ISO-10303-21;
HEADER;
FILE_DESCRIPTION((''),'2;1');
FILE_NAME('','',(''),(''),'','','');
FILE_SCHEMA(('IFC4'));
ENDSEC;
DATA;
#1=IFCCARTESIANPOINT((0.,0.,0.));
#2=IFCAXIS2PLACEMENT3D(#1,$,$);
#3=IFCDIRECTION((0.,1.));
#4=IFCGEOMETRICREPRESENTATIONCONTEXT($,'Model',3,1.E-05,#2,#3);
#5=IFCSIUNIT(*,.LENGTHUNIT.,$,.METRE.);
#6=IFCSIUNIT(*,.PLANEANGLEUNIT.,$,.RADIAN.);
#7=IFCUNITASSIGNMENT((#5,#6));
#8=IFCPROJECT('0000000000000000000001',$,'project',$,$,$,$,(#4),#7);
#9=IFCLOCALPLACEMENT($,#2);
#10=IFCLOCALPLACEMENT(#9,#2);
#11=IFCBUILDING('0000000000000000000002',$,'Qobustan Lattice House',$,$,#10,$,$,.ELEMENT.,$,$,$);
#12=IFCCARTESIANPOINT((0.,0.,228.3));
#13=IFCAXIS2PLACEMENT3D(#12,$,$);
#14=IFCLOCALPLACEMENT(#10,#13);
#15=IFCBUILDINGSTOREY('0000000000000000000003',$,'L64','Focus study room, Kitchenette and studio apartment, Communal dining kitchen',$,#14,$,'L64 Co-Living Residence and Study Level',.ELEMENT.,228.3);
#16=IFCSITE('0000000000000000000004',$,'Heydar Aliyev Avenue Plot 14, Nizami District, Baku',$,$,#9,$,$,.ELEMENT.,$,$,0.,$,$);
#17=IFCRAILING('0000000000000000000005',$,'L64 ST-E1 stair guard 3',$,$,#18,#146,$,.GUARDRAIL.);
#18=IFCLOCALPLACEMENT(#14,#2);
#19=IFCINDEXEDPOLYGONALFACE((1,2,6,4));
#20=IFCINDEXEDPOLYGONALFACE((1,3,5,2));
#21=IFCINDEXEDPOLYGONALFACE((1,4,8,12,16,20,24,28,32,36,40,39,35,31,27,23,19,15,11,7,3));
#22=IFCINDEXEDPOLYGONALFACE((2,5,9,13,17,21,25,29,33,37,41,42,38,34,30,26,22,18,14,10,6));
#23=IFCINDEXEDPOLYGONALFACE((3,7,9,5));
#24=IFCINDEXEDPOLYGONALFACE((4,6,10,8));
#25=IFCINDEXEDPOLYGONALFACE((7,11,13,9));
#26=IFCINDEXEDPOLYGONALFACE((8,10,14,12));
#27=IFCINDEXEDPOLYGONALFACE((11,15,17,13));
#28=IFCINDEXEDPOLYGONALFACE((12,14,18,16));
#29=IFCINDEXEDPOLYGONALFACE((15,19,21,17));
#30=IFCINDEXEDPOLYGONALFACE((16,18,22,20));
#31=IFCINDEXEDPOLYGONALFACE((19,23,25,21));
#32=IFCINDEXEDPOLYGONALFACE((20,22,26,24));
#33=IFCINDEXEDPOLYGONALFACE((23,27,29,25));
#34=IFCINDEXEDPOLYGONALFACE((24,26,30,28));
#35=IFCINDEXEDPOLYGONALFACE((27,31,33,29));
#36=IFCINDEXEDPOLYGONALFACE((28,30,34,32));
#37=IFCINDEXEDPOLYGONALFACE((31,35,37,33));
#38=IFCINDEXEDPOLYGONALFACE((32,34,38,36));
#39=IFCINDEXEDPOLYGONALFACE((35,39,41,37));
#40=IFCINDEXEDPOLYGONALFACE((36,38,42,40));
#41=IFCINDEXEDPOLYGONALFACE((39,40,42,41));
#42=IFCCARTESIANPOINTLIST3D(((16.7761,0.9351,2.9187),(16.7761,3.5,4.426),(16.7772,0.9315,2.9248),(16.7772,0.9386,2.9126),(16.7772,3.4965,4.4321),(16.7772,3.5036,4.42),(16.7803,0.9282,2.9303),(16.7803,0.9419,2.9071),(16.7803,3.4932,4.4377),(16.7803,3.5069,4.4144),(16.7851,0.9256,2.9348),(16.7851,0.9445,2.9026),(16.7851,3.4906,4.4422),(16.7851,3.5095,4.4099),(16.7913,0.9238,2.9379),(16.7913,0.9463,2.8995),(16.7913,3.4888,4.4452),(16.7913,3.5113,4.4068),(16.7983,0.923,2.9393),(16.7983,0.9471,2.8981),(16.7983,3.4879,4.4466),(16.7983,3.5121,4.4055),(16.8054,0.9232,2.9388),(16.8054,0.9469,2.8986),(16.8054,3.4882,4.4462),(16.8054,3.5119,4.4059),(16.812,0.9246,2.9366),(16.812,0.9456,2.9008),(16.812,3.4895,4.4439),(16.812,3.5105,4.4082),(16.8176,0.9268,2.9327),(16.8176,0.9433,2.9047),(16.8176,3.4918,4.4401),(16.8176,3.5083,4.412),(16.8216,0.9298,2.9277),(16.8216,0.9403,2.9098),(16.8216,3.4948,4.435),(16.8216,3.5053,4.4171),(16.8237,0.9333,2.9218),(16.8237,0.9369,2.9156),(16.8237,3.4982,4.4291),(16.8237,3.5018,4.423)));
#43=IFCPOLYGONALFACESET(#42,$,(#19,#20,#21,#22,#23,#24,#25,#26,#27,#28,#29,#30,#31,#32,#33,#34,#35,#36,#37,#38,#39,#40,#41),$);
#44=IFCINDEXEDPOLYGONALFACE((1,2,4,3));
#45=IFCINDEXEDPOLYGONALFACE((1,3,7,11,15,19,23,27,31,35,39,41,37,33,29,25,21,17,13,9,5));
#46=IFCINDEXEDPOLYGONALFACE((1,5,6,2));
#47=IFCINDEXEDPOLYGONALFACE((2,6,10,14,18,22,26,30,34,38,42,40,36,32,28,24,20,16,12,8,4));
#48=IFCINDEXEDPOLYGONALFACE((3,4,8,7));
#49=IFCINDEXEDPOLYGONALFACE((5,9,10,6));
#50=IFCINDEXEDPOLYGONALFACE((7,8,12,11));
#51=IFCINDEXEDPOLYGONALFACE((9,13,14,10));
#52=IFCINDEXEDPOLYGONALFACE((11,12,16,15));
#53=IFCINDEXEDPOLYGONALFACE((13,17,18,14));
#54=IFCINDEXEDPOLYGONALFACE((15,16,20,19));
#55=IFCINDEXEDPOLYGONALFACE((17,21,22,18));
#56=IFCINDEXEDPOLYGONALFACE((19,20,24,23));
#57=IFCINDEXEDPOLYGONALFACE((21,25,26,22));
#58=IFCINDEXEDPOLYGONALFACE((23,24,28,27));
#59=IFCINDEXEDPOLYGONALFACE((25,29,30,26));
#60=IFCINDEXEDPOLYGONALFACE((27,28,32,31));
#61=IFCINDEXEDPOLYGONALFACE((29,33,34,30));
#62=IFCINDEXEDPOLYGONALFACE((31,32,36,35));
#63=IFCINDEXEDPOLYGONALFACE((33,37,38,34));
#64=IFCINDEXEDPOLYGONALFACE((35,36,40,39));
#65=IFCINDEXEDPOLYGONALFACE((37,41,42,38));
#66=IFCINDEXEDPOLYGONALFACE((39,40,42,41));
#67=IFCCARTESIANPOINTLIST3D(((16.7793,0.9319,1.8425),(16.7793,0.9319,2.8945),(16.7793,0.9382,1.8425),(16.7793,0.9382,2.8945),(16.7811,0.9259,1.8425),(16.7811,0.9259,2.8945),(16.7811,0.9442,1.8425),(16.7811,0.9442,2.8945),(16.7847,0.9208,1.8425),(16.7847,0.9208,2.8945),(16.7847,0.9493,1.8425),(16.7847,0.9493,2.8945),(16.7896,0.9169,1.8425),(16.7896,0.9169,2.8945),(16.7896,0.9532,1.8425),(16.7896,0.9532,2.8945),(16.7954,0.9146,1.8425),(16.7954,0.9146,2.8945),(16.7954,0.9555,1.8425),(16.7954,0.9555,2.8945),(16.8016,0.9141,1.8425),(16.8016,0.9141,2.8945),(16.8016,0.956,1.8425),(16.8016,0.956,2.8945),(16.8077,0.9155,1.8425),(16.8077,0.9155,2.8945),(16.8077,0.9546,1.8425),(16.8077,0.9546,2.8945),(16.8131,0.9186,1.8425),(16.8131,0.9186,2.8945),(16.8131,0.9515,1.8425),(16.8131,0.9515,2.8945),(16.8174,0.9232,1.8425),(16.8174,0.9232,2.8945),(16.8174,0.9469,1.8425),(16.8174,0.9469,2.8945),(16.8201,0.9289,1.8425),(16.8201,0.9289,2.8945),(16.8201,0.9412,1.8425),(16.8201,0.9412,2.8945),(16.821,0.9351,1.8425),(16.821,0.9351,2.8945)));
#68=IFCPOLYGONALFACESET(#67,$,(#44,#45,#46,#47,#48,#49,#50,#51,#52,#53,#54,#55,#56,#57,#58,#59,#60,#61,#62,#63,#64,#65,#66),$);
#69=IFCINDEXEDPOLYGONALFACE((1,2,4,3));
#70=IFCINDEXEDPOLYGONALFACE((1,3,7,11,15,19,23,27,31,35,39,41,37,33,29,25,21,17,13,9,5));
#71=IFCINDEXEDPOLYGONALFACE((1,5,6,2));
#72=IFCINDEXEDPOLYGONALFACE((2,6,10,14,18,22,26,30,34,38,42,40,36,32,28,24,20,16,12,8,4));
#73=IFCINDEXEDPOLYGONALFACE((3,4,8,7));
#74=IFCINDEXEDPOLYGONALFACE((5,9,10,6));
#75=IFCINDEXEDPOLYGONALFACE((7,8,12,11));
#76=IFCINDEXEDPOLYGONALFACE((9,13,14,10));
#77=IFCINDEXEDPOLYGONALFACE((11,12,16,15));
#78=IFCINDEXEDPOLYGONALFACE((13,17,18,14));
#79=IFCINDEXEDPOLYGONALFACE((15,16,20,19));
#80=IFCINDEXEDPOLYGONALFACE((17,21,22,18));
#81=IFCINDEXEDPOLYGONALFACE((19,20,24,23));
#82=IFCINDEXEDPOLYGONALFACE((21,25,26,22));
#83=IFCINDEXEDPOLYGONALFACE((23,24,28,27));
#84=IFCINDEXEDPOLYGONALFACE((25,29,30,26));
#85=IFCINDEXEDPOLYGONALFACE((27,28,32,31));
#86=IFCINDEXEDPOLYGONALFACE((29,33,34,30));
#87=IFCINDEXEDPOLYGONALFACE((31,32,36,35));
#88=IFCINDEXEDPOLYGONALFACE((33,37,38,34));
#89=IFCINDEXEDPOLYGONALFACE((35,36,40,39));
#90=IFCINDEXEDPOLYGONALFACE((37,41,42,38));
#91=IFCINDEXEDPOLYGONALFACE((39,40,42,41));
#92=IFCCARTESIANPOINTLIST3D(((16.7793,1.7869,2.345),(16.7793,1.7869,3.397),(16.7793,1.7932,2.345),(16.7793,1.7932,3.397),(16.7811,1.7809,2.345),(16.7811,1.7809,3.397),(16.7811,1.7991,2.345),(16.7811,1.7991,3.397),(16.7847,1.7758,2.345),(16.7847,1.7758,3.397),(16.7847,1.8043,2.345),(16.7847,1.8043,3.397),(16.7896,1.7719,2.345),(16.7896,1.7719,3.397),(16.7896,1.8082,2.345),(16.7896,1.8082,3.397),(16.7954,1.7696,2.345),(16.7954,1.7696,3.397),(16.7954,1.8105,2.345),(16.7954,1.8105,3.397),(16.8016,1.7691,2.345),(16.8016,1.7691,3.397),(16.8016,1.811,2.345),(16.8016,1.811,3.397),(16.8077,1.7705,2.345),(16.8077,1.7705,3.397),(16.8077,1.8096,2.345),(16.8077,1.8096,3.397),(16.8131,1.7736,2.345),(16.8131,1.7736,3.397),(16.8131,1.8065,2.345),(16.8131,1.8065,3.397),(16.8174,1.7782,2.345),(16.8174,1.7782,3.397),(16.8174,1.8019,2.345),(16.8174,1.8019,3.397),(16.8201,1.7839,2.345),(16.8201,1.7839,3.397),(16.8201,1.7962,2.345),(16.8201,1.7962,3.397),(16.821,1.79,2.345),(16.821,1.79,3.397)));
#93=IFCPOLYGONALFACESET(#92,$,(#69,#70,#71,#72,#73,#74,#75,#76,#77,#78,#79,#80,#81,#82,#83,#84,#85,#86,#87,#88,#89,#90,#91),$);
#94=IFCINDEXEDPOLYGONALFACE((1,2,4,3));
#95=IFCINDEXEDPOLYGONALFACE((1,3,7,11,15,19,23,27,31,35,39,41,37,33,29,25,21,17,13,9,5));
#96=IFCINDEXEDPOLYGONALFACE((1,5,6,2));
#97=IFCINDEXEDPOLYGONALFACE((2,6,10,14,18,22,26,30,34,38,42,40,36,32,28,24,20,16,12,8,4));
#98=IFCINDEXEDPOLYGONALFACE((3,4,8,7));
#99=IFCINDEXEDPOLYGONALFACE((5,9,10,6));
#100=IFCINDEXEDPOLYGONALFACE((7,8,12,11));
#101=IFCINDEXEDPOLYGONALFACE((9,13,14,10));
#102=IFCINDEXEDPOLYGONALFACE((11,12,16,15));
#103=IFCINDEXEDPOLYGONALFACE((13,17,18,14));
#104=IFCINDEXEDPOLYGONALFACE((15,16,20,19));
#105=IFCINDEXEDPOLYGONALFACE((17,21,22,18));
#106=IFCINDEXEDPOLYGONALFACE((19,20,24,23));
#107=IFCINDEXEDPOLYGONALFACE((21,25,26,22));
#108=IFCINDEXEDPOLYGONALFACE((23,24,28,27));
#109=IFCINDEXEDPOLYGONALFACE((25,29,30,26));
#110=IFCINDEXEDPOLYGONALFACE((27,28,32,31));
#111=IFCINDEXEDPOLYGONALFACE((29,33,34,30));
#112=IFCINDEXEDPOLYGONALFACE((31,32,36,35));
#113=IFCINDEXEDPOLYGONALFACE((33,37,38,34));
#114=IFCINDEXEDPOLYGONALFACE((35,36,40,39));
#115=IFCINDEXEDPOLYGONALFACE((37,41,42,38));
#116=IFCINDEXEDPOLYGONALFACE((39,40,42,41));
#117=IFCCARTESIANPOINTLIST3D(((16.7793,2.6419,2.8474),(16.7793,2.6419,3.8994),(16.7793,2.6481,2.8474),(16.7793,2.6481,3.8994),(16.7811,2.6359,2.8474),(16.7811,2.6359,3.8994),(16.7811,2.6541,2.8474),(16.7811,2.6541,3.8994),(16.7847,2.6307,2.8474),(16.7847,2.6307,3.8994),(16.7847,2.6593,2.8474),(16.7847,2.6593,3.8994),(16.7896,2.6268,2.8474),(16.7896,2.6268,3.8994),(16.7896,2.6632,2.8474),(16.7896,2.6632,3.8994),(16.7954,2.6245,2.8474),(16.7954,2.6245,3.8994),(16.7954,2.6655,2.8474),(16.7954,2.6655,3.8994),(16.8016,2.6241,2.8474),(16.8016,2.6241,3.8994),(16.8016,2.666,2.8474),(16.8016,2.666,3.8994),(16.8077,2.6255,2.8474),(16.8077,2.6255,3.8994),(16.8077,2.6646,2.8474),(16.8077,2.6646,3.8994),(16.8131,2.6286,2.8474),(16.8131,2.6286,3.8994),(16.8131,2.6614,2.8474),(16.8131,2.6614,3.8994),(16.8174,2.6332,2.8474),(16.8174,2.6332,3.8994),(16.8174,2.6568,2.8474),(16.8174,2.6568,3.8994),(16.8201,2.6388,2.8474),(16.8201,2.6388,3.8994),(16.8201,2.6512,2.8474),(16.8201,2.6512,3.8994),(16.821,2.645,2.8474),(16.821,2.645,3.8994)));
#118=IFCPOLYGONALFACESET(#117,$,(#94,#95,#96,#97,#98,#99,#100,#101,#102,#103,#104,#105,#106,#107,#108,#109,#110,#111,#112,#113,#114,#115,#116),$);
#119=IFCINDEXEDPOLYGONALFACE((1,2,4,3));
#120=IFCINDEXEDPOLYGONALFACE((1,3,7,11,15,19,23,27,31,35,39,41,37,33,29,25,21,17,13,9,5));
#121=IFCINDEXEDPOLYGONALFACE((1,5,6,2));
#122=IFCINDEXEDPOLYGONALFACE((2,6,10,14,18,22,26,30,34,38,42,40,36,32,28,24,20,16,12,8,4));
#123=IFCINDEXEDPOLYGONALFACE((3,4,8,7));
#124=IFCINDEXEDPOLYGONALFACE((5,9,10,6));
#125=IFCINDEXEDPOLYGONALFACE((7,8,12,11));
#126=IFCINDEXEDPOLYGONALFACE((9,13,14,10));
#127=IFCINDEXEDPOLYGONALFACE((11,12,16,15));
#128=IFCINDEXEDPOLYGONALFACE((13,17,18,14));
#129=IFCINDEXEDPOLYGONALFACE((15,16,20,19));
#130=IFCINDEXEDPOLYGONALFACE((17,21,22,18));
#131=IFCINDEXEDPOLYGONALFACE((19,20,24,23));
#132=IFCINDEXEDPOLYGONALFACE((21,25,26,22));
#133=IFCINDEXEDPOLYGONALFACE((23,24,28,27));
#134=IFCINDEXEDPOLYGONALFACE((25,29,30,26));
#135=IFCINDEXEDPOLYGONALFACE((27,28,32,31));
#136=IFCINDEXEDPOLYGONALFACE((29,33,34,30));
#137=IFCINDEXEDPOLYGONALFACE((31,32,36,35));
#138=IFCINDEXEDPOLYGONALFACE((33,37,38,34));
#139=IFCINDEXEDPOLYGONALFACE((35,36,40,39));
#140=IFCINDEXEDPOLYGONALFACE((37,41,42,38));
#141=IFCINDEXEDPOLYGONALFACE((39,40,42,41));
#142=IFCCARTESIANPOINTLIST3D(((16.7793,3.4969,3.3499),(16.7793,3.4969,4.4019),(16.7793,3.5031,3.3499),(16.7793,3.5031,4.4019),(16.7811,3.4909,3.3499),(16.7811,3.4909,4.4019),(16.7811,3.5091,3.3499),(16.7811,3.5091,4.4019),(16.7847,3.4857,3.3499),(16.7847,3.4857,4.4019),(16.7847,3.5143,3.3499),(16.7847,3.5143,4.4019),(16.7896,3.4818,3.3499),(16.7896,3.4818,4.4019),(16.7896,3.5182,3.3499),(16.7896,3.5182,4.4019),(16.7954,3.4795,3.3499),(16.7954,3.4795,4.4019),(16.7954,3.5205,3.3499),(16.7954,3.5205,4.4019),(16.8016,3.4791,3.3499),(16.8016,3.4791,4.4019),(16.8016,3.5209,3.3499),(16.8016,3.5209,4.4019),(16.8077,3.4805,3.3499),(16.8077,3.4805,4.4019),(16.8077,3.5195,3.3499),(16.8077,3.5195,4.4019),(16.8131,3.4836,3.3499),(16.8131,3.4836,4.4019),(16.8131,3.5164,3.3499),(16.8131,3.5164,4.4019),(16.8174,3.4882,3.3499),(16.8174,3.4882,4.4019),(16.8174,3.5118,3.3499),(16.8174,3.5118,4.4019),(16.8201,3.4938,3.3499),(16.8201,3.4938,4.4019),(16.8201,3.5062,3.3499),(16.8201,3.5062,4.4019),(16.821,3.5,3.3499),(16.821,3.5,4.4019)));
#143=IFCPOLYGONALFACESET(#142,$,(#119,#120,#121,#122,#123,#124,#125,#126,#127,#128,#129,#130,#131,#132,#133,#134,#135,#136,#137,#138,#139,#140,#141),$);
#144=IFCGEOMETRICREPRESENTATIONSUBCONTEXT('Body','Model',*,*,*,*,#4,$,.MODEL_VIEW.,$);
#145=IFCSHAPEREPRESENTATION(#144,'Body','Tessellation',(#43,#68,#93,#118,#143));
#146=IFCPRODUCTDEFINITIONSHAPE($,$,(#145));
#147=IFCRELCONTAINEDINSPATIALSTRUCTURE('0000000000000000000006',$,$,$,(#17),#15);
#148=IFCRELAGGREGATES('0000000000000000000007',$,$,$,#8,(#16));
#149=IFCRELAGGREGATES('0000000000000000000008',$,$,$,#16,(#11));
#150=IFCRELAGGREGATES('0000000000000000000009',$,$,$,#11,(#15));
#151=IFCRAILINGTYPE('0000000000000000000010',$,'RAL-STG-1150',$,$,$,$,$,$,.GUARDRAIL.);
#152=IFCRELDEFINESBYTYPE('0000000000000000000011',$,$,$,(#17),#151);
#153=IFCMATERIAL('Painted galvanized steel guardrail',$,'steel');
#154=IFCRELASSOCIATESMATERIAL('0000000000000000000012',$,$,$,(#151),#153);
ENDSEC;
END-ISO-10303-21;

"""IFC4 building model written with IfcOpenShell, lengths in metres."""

from ifc_helpers import new_model, si_unit, direction, frame, origin, origin_2d, place, context, subcontext, project, spatial, circle, extrude, material, type_object, element, save


model = new_model("IFC4")

# Units and contexts
model_context = context("Model", 3, precision=1e-05, world=origin(), true_north=direction((0.0, 1.0)))
body_context = subcontext(model_context, "Body", "Model", "MODEL_VIEW")
ifc_project = project(units=[si_unit("LENGTHUNIT", "METRE"), si_unit("PLANEANGLEUNIT", "RADIAN")], contexts=[model_context])

# Site, building, storey
site_placement = place(None, origin())
site = spatial("IfcSite", under=ifc_project, at=site_placement, Name="Heydar Aliyev Avenue Plot 14, Nizami District, Baku", CompositionType="ELEMENT", RefElevation=0.0)
building_placement = place(site_placement, origin())
building = spatial("IfcBuilding", under=site, at=building_placement, Name="Qobustan Lattice House", CompositionType="ELEMENT")
storey_placement = place(building_placement, frame((0.0, 0.0, 228.3)))
storey = spatial("IfcBuildingStorey", under=building, at=storey_placement, Name="L64", Description="Focus study room, Kitchenette and studio apartment, Communal dining kitchen", LongName="L64 Co-Living Residence and Study Level", CompositionType="ELEMENT", Elevation=228.3)

# Railing
ifc_material_1 = material(Name="Painted galvanized steel guardrail", Category="steel")
railing_type_1 = type_object("IfcRailingType", Name="RAL-STG-1150", PredefinedType="GUARDRAIL", material=ifc_material_1)
railing_1_placement = place(storey_placement, frame((16.8, 0.9351, 1.8425)))
element("IfcRailing", 1, at=railing_1_placement, inside=storey, type_object=railing_type_1, Name="L64 ST-E1 stair guard 3", PredefinedType="GUARDRAIL", context=body_context, shape_type="SweptSolid", body=[
    extrude(circle(Radius=0.0239, at=origin_2d()), frame((0.0, 0.0, 1.0762), z_axis=(0.0, 0.862149, 0.506654), x_axis=(-1.0, 0.0, 0.0)), (0.0, 0.0, 1.0), 2.9751),
    extrude(circle(Radius=0.021, at=origin_2d()), origin(), (0.0, 0.0, 1.0), 1.052),
    extrude(circle(Radius=0.021, at=origin_2d()), frame((0.0, 0.855, 0.5024)), (0.0, 0.0, 1.0), 1.052),
    extrude(circle(Radius=0.021, at=origin_2d()), frame((0.0, 1.71, 1.0049)), (0.0, 0.0, 1.0), 1.052),
    extrude(circle(Radius=0.021, at=origin_2d()), frame((0.0, 2.5649, 1.5073)), (0.0, 0.0, 1.0), 1.052),
])

save(model, "model.ifc")
